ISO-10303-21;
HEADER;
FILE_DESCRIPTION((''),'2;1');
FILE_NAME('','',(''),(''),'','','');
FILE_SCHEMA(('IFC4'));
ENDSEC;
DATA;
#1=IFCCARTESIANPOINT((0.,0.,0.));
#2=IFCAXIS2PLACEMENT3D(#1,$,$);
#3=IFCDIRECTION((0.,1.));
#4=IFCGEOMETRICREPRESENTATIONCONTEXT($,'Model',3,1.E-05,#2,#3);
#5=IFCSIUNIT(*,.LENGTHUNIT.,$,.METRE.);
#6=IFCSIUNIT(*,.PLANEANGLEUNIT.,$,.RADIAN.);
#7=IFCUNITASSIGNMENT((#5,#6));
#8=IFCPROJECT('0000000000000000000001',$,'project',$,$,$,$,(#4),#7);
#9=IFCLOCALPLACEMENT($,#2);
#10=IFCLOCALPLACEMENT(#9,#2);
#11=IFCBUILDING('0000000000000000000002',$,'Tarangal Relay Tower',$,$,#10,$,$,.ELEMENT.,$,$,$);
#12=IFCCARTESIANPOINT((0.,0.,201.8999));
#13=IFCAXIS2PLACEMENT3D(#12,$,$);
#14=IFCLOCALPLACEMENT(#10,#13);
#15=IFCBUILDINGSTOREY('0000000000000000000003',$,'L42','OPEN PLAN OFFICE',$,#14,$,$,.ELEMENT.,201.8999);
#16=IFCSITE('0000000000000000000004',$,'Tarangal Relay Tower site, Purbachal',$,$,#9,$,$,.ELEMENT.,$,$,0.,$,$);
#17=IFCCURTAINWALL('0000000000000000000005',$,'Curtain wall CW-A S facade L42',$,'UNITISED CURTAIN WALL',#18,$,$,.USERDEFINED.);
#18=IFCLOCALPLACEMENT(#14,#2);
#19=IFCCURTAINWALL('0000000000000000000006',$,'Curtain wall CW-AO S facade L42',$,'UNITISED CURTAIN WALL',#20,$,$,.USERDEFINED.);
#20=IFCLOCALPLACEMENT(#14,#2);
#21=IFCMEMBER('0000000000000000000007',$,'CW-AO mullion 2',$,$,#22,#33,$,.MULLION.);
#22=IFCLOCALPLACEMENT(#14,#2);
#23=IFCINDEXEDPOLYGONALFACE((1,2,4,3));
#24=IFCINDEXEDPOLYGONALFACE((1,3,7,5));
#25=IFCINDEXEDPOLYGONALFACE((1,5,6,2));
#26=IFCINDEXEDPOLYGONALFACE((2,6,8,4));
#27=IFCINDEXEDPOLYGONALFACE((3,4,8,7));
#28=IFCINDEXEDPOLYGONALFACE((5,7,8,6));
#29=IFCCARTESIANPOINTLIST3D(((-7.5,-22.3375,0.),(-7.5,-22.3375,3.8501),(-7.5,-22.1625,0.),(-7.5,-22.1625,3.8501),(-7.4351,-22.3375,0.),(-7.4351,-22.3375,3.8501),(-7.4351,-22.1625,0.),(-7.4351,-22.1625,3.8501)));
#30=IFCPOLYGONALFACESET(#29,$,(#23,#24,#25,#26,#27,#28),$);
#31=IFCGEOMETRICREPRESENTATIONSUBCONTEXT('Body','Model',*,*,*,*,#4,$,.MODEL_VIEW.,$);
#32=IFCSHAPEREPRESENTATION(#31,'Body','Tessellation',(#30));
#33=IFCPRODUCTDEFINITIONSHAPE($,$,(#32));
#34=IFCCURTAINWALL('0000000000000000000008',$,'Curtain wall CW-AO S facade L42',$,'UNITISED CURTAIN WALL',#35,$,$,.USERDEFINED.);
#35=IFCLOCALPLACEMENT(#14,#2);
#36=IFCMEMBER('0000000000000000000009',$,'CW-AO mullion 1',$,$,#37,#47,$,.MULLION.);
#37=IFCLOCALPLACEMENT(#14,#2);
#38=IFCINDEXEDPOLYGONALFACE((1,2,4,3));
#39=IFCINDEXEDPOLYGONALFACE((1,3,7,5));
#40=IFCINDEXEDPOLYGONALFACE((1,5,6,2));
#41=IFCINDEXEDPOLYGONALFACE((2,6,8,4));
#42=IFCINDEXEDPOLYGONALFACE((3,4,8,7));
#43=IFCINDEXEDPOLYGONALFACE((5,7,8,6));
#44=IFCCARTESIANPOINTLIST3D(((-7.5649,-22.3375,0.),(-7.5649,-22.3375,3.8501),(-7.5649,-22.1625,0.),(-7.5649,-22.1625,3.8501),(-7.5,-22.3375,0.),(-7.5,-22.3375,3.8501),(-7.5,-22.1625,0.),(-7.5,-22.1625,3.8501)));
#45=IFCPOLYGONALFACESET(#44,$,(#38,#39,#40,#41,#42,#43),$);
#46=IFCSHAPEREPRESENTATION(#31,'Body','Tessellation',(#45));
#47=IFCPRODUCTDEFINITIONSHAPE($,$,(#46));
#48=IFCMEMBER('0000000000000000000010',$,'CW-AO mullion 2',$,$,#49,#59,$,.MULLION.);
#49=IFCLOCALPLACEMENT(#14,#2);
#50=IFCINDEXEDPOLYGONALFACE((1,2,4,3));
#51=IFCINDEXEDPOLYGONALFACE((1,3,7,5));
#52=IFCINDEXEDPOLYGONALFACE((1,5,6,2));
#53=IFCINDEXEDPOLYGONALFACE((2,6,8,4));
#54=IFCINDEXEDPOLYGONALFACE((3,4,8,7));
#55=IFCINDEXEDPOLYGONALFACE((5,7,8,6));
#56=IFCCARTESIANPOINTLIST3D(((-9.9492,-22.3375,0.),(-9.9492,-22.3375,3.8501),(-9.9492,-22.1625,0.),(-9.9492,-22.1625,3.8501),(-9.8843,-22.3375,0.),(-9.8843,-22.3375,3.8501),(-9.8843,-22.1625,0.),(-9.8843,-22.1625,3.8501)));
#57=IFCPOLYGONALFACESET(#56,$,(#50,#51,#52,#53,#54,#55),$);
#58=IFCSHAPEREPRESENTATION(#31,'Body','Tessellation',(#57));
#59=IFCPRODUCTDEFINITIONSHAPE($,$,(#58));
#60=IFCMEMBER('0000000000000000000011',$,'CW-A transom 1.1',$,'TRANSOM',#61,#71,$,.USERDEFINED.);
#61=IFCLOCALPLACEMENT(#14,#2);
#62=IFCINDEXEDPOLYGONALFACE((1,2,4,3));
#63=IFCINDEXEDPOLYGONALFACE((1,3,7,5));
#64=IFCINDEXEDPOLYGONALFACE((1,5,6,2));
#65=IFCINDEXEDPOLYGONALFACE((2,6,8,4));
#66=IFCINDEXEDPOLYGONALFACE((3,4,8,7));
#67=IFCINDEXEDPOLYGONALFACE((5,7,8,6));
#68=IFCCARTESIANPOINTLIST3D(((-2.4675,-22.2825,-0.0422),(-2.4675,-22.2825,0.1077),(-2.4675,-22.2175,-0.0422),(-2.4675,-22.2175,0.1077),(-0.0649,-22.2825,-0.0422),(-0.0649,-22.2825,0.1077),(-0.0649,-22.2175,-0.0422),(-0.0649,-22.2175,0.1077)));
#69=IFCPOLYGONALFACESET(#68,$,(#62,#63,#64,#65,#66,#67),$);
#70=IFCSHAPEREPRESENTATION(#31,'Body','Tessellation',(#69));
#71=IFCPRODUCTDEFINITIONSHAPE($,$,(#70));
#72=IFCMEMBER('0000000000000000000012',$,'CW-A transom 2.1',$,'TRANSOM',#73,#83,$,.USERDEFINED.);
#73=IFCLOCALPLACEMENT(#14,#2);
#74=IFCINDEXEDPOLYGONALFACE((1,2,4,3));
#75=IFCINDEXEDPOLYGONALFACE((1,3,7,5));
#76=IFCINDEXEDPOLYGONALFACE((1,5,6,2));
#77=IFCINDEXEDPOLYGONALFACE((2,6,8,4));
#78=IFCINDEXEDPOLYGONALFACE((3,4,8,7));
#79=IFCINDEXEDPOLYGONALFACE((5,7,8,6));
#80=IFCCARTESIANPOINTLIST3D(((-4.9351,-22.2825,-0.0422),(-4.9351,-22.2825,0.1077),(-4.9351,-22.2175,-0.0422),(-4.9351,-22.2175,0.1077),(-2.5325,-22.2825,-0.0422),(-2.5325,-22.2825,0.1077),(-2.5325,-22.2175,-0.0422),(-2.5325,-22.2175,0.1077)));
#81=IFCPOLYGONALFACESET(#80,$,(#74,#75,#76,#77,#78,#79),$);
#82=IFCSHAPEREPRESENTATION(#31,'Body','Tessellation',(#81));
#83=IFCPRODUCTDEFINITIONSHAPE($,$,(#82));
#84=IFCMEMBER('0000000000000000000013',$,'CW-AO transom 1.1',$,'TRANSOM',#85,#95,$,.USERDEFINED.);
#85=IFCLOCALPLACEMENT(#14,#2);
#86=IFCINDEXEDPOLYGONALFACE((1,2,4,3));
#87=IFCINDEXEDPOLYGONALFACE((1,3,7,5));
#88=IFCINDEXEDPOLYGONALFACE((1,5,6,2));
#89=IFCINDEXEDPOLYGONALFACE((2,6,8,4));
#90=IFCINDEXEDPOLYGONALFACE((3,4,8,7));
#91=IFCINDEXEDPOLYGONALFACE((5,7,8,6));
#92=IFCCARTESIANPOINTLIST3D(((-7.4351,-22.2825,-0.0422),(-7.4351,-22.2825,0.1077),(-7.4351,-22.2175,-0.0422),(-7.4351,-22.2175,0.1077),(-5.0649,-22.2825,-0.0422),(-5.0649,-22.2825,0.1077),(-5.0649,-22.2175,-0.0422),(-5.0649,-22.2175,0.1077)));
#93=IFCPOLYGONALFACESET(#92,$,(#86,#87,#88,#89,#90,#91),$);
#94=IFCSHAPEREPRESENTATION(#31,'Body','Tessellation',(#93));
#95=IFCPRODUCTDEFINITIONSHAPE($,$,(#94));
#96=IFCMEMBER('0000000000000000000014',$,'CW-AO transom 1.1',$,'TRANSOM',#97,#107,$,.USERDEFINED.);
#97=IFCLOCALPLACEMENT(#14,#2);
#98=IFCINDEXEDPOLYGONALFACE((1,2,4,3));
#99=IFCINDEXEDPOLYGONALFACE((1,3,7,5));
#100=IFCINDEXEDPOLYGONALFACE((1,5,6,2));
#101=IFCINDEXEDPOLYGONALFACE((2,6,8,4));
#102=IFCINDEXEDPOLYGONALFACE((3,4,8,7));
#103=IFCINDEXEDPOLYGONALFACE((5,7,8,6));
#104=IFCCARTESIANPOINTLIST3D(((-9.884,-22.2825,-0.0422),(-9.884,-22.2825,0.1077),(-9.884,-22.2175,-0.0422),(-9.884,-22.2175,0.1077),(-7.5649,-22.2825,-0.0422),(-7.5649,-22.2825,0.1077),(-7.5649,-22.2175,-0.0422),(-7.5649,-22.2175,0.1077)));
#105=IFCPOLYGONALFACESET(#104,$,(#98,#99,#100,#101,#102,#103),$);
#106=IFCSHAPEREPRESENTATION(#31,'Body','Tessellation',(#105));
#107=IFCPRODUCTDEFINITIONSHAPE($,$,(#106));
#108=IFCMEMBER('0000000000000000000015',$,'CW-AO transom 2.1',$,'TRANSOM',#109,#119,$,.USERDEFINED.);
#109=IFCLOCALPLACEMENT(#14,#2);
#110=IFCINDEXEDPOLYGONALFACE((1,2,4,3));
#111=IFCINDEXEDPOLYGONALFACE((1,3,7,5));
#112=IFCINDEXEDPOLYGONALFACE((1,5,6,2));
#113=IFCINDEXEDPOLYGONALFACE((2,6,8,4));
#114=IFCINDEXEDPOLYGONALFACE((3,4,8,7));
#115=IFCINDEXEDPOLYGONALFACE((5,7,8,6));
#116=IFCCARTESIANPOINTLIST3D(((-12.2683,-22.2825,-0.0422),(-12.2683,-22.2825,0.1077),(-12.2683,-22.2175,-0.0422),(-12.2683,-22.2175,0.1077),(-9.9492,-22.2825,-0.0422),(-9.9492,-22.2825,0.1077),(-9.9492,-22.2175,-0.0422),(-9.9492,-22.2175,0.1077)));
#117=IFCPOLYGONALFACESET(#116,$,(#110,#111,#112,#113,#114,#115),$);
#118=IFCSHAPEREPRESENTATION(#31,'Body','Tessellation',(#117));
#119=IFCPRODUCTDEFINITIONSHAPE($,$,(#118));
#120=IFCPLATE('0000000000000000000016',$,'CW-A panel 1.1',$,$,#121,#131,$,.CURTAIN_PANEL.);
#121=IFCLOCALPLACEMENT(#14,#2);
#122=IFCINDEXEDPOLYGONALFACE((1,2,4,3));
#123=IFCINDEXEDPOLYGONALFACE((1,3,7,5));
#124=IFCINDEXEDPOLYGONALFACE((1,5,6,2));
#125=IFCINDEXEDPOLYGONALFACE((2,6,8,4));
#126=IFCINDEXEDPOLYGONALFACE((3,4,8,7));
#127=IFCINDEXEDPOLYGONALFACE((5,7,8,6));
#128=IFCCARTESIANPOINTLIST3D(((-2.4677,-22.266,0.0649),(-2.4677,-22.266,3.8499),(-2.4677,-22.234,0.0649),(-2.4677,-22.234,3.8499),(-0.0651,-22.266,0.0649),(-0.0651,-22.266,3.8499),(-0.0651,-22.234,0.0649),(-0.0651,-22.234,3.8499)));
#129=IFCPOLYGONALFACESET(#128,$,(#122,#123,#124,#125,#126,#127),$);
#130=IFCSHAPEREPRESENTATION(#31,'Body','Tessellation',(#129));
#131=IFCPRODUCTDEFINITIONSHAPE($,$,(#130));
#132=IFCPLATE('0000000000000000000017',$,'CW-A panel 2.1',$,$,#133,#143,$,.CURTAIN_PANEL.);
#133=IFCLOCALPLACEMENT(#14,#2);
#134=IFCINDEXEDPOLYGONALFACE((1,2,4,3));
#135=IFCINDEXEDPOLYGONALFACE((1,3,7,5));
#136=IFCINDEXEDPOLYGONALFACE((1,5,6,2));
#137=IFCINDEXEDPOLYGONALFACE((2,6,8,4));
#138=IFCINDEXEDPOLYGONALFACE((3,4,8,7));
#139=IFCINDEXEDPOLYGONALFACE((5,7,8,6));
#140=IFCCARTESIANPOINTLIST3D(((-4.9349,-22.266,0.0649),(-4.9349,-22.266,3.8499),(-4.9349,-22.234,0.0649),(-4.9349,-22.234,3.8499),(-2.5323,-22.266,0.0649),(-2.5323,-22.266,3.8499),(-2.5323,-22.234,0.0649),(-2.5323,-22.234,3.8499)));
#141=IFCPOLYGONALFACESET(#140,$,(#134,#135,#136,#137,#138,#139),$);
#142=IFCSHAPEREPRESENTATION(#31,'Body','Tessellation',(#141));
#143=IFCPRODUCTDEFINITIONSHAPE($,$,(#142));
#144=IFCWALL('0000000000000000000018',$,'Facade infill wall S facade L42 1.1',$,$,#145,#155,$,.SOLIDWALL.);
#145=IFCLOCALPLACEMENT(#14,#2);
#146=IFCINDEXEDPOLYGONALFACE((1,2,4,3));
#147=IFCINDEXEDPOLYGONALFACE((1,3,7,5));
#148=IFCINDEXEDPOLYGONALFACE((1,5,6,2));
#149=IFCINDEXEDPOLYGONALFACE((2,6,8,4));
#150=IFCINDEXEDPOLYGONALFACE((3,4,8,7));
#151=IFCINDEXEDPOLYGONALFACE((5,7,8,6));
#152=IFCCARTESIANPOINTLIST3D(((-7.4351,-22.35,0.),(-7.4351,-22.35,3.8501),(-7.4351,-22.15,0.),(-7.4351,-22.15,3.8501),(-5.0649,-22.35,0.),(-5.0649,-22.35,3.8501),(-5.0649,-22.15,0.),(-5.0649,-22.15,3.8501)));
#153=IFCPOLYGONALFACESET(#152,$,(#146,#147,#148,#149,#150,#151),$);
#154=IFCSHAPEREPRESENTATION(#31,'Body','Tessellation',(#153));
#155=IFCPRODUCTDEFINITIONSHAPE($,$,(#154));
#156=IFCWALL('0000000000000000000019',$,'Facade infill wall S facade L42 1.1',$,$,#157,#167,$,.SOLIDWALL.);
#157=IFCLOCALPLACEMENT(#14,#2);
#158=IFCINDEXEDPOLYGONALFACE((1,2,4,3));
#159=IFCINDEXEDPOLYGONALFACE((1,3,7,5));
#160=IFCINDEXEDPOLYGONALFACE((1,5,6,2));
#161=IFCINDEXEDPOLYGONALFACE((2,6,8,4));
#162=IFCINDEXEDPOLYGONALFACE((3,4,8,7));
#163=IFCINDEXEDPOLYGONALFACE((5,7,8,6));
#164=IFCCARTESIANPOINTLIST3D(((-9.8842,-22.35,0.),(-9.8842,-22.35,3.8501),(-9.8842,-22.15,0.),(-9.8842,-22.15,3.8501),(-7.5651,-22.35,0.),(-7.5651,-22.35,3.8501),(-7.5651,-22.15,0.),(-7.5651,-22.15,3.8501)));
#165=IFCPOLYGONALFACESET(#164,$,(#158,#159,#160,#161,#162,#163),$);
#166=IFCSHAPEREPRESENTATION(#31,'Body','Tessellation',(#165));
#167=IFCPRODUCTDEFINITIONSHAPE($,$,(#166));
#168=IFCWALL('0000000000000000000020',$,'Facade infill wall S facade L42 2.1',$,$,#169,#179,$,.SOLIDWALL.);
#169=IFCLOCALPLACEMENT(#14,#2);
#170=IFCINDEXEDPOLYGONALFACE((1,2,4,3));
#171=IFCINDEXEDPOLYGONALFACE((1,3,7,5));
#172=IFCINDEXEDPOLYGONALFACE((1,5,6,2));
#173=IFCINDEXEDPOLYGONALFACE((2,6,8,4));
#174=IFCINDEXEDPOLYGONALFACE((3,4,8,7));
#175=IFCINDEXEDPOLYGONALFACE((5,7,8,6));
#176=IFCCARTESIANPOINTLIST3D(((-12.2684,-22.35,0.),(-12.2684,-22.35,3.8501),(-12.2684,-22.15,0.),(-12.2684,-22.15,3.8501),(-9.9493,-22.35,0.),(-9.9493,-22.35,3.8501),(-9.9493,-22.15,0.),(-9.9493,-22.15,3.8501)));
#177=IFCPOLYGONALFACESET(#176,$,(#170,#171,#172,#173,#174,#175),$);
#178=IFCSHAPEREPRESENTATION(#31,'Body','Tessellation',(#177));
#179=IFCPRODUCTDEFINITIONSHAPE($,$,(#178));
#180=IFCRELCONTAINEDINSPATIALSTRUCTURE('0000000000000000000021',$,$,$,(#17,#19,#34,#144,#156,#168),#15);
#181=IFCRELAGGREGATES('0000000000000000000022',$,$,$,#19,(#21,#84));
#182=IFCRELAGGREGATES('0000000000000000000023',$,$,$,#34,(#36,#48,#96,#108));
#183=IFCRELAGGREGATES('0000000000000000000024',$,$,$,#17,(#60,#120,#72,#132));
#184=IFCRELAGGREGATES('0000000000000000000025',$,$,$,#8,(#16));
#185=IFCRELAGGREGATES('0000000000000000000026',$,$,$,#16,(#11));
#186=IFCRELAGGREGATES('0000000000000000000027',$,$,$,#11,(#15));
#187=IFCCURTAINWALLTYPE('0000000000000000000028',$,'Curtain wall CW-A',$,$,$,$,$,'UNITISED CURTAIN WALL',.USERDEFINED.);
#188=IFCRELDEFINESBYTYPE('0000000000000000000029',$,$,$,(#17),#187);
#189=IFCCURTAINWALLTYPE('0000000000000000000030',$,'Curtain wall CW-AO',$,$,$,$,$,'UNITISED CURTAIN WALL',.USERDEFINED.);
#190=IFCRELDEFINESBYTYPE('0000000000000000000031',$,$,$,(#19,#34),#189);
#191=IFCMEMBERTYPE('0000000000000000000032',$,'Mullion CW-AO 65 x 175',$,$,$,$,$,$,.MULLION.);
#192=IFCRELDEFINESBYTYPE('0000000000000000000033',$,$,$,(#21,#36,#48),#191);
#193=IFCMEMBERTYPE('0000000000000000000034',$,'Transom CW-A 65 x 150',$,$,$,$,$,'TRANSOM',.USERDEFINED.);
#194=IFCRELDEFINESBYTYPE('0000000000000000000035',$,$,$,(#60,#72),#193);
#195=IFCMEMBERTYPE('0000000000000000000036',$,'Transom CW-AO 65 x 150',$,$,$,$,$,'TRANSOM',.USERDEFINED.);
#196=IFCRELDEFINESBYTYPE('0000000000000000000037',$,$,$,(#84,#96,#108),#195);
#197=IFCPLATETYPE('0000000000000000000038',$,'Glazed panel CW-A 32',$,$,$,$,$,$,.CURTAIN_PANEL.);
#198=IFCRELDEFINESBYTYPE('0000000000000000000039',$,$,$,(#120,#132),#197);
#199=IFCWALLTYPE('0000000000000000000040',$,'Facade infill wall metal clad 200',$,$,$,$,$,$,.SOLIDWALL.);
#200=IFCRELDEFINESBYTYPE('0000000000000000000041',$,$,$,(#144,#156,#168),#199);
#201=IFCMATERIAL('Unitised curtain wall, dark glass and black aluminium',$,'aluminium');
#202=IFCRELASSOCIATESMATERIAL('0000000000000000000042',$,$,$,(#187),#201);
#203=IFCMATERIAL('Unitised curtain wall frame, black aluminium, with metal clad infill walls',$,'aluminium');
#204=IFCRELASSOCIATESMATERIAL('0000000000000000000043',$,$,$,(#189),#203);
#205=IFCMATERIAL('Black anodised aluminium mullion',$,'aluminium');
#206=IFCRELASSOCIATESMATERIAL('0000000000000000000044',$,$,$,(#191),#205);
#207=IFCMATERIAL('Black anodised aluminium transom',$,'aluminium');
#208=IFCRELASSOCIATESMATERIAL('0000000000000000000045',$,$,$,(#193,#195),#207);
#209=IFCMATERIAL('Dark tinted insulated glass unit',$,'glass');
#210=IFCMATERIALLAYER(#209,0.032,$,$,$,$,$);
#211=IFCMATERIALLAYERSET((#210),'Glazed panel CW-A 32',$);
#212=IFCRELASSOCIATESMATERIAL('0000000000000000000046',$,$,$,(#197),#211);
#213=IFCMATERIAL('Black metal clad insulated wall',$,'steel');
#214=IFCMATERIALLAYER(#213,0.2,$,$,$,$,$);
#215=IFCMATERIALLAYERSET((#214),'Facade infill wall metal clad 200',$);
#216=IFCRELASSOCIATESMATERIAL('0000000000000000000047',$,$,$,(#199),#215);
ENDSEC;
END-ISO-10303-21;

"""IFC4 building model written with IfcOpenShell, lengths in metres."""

from ifc_helpers import new_model, si_unit, direction, frame, frame_2d, origin, origin_2d, place, context, subcontext, project, spatial, rectangle, extrude, material, layer, layer_set, material_profile, profile_set, type_object, element, aggregate, save


model = new_model("IFC4")

# Units and contexts
model_context = context("Model", 3, precision=1e-05, world=origin(), true_north=direction((0.0, 1.0)))
body_context = subcontext(model_context, "Body", "Model", "MODEL_VIEW")
ifc_project = project(units=[si_unit("LENGTHUNIT", "METRE"), si_unit("PLANEANGLEUNIT", "RADIAN")], contexts=[model_context])

# Site, building, storey
site_placement = place(None, origin())
site = spatial("IfcSite", under=ifc_project, at=site_placement, Name="Tarangal Relay Tower site, Purbachal", CompositionType="ELEMENT", RefElevation=0.0)
building_placement = place(site_placement, origin())
building = spatial("IfcBuilding", under=site, at=building_placement, Name="Tarangal Relay Tower", CompositionType="ELEMENT")
storey_placement = place(building_placement, frame((0.0, 0.0, 201.8999)))
storey = spatial("IfcBuildingStorey", under=building, at=storey_placement, Name="L42", Description="OPEN PLAN OFFICE", CompositionType="ELEMENT", Elevation=201.8999)

# Curtain walls, members
ifc_material_1 = material(Name="Unitised curtain wall, dark glass and black aluminium", Category="aluminium")
curtain_wall_type_1 = type_object("IfcCurtainWallType", Name="Curtain wall CW-A", ElementType="UNITISED CURTAIN WALL", PredefinedType="USERDEFINED", material=ifc_material_1)
curtain_wall_1_placement = place(storey_placement, origin())
curtain_wall_1 = element("IfcCurtainWall", 1, at=curtain_wall_1_placement, inside=storey, type_object=curtain_wall_type_1, Name="Curtain wall CW-A S facade L42", ObjectType="UNITISED CURTAIN WALL", PredefinedType="USERDEFINED")
ifc_material_2 = material(Name="Black anodised aluminium mullion", Category="aluminium")
ifc_material_3 = material(Name="Unitised curtain wall frame, black aluminium, with metal clad infill walls", Category="aluminium")
curtain_wall_type_2 = type_object("IfcCurtainWallType", Name="Curtain wall CW-AO", ElementType="UNITISED CURTAIN WALL", PredefinedType="USERDEFINED", material=ifc_material_3)
curtain_wall_2_placement = place(storey_placement, origin())
curtain_wall_2 = element("IfcCurtainWall", 2, at=curtain_wall_2_placement, inside=storey, type_object=curtain_wall_type_2, Name="Curtain wall CW-AO S facade L42", ObjectType="UNITISED CURTAIN WALL", PredefinedType="USERDEFINED")
ifc_material_profile_1 = material_profile(ifc_material_2, rectangle(XDim=0.175, YDim=0.0649, at=origin_2d()), Name="CW-AOM 65X175")
ifc_profile_set_1 = profile_set([ifc_material_profile_1], Name="Black anodised aluminium mullion")
member_type_1 = type_object("IfcMemberType", Name="Mullion CW-AO 65 x 175", PredefinedType="MULLION", material=ifc_profile_set_1)
member_1_placement = place(storey_placement, frame((-7.4675, -22.25, 0.0), z_axis=(0.0, 0.0, 1.0), x_axis=(0.0, -1.0, 0.0)))
member_1 = element("IfcMember", 3, at=member_1_placement, type_object=member_type_1, Name="CW-AO mullion 2", PredefinedType="MULLION", context=body_context, shape_type="SweptSolid", body=[
    extrude(rectangle(XDim=0.175, YDim=0.0649, at=origin_2d()), origin(), (0.0, 0.0, 1.0), 3.8501),
])
curtain_wall_3_placement = place(storey_placement, origin())
curtain_wall_3 = element("IfcCurtainWall", 4, at=curtain_wall_3_placement, inside=storey, type_object=curtain_wall_type_2, Name="Curtain wall CW-AO S facade L42", ObjectType="UNITISED CURTAIN WALL", PredefinedType="USERDEFINED")
member_2_placement = place(storey_placement, frame((-7.5325, -22.25, 0.0), z_axis=(0.0, 0.0, 1.0), x_axis=(0.0, -1.0, 0.0)))
member_2 = element("IfcMember", 5, at=member_2_placement, type_object=member_type_1, Name="CW-AO mullion 1", PredefinedType="MULLION", context=body_context, shape_type="SweptSolid", body=[
    extrude(rectangle(XDim=0.175, YDim=0.0649, at=origin_2d()), origin(), (0.0, 0.0, 1.0), 3.8501),
])
member_3_placement = place(storey_placement, frame((-9.9167, -22.25, 0.0), z_axis=(0.0, 0.0, 1.0), x_axis=(0.0, -1.0, 0.0)))
member_3 = element("IfcMember", 6, at=member_3_placement, type_object=member_type_1, Name="CW-AO mullion 2", PredefinedType="MULLION", context=body_context, shape_type="SweptSolid", body=[
    extrude(rectangle(XDim=0.175, YDim=0.0649, at=origin_2d()), origin(), (0.0, 0.0, 1.0), 3.8501),
])

# Members
ifc_material_4 = material(Name="Black anodised aluminium transom", Category="aluminium")
ifc_material_profile_2 = material_profile(ifc_material_4, rectangle(XDim=0.0649, YDim=0.1499, at=origin_2d()), Name="CW-AT 65X150")
ifc_profile_set_2 = profile_set([ifc_material_profile_2], Name="Black anodised aluminium transom")
member_type_2 = type_object("IfcMemberType", Name="Transom CW-A 65 x 150", ElementType="TRANSOM", PredefinedType="USERDEFINED", material=ifc_profile_set_2)
member_4_placement = place(storey_placement, frame((-0.0649, -22.25, 0.0327), z_axis=(-1.0, 0.0, 0.0), x_axis=(0.0, -1.0, 0.0)))
member_4 = element("IfcMember", 7, at=member_4_placement, type_object=member_type_2, Name="CW-A transom 1.1", ObjectType="TRANSOM", PredefinedType="USERDEFINED", context=body_context, shape_type="SweptSolid", body=[
    extrude(rectangle(XDim=0.0649, YDim=0.1499, at=origin_2d()), origin(), (0.0, 0.0, 1.0), 2.4026),
])
member_5_placement = place(storey_placement, frame((-2.5325, -22.25, 0.0327), z_axis=(-1.0, 0.0, 0.0), x_axis=(0.0, -1.0, 0.0)))
member_5 = element("IfcMember", 8, at=member_5_placement, type_object=member_type_2, Name="CW-A transom 2.1", ObjectType="TRANSOM", PredefinedType="USERDEFINED", context=body_context, shape_type="SweptSolid", body=[
    extrude(rectangle(XDim=0.0649, YDim=0.1499, at=origin_2d()), origin(), (0.0, 0.0, 1.0), 2.4026),
])
ifc_material_profile_3 = material_profile(ifc_material_4, rectangle(XDim=0.0649, YDim=0.1499, at=origin_2d()), Name="CW-AOT 65X150")
ifc_profile_set_3 = profile_set([ifc_material_profile_3], Name="Black anodised aluminium transom")
member_type_3 = type_object("IfcMemberType", Name="Transom CW-AO 65 x 150", ElementType="TRANSOM", PredefinedType="USERDEFINED", material=ifc_profile_set_3)
member_6_placement = place(storey_placement, frame((-5.0649, -22.25, 0.0327), z_axis=(-1.0, 0.0, 0.0), x_axis=(0.0, -1.0, 0.0)))
member_6 = element("IfcMember", 9, at=member_6_placement, type_object=member_type_3, Name="CW-AO transom 1.1", ObjectType="TRANSOM", PredefinedType="USERDEFINED", context=body_context, shape_type="SweptSolid", body=[
    extrude(rectangle(XDim=0.0649, YDim=0.1499, at=origin_2d()), origin(), (0.0, 0.0, 1.0), 2.3701),
])
aggregate(curtain_wall_2, [member_1, member_6])
member_7_placement = place(storey_placement, frame((-7.5649, -22.25, 0.0327), z_axis=(-1.0, 0.0, 0.0), x_axis=(0.0, -1.0, 0.0)))
member_7 = element("IfcMember", 10, at=member_7_placement, type_object=member_type_3, Name="CW-AO transom 1.1", ObjectType="TRANSOM", PredefinedType="USERDEFINED", context=body_context, shape_type="SweptSolid", body=[
    extrude(rectangle(XDim=0.0649, YDim=0.1499, at=origin_2d()), origin(), (0.0, 0.0, 1.0), 2.3191),
])
member_8_placement = place(storey_placement, frame((-9.9492, -22.25, 0.0327), z_axis=(-1.0, 0.0, 0.0), x_axis=(0.0, -1.0, 0.0)))
member_8 = element("IfcMember", 11, at=member_8_placement, type_object=member_type_3, Name="CW-AO transom 2.1", ObjectType="TRANSOM", PredefinedType="USERDEFINED", context=body_context, shape_type="SweptSolid", body=[
    extrude(rectangle(XDim=0.0649, YDim=0.1499, at=origin_2d()), origin(), (0.0, 0.0, 1.0), 2.3191),
])
aggregate(curtain_wall_3, [member_2, member_3, member_7, member_8])

# Plates
ifc_material_5 = material(Name="Dark tinted insulated glass unit", Category="glass")
ifc_layer_1 = layer(ifc_material_5, 0.032)
ifc_layer_set_1 = layer_set([ifc_layer_1], Name="Glazed panel CW-A 32")
plate_type = type_object("IfcPlateType", Name="Glazed panel CW-A 32", PredefinedType="CURTAIN_PANEL", material=ifc_layer_set_1)
plate_1_placement = place(storey_placement, frame((-1.2664, -22.25, 0.0649), z_axis=(0.0, 0.0, 1.0), x_axis=(-1.0, 0.0, 0.0)))
plate_1 = element("IfcPlate", 12, at=plate_1_placement, type_object=plate_type, Name="CW-A panel 1.1", PredefinedType="CURTAIN_PANEL", context=body_context, shape_type="SweptSolid", body=[
    extrude(rectangle(XDim=2.4026, YDim=0.032, at=origin_2d()), origin(), (0.0, 0.0, 1.0), 3.7849),
])
plate_2_placement = place(storey_placement, frame((-3.7336, -22.25, 0.0649), z_axis=(0.0, 0.0, 1.0), x_axis=(-1.0, 0.0, 0.0)))
plate_2 = element("IfcPlate", 13, at=plate_2_placement, type_object=plate_type, Name="CW-A panel 2.1", PredefinedType="CURTAIN_PANEL", context=body_context, shape_type="SweptSolid", body=[
    extrude(rectangle(XDim=2.4026, YDim=0.032, at=origin_2d()), origin(), (0.0, 0.0, 1.0), 3.7849),
])
aggregate(curtain_wall_1, [member_4, plate_1, member_5, plate_2])

# Walls
ifc_material_6 = material(Name="Black metal clad insulated wall", Category="steel")
ifc_layer_2 = layer(ifc_material_6, 0.2)
ifc_layer_set_2 = layer_set([ifc_layer_2], Name="Facade infill wall metal clad 200")
wall_type_1 = type_object("IfcWallType", Name="Facade infill wall metal clad 200", PredefinedType="SOLIDWALL", material=ifc_layer_set_2)
wall_1_placement = place(storey_placement, frame((-5.0649, -22.25, 0.0), z_axis=(0.0, 0.0, 1.0), x_axis=(-1.0, 0.0, 0.0)))
element("IfcWall", 14, at=wall_1_placement, inside=storey, type_object=wall_type_1, Name="Facade infill wall S facade L42 1.1", PredefinedType="SOLIDWALL", context=body_context, shape_type="SweptSolid", body=[
    extrude(rectangle(XDim=2.3701, YDim=0.2, at=frame_2d((1.1851, 0.0))), origin(), (0.0, 0.0, 1.0), 3.8501),
])
for number, where, z_axis, x_axis, name in (
    (15, (-7.5649, -22.25, 0.0), (0.0, 0.0, 1.0), (-1.0, 0.0, 0.0), "Facade infill wall S facade L42 1.1"),
    (16, (-9.9492, -22.25, 0.0), (0.0, 0.0, 1.0), (-1.0, 0.0, 0.0), "Facade infill wall S facade L42 2.1"),
):
    element("IfcWall", number, at=place(storey_placement, frame(where, z_axis=z_axis, x_axis=x_axis)), inside=storey, type_object=wall_type_1, Name=name, PredefinedType="SOLIDWALL", context=body_context, shape_type="SweptSolid", body=[
        extrude(rectangle(XDim=2.3191, YDim=0.2, at=frame_2d((1.1597, 0.0))), origin(), (0.0, 0.0, 1.0), 3.8501),
    ])

save(model, "model.ifc")
